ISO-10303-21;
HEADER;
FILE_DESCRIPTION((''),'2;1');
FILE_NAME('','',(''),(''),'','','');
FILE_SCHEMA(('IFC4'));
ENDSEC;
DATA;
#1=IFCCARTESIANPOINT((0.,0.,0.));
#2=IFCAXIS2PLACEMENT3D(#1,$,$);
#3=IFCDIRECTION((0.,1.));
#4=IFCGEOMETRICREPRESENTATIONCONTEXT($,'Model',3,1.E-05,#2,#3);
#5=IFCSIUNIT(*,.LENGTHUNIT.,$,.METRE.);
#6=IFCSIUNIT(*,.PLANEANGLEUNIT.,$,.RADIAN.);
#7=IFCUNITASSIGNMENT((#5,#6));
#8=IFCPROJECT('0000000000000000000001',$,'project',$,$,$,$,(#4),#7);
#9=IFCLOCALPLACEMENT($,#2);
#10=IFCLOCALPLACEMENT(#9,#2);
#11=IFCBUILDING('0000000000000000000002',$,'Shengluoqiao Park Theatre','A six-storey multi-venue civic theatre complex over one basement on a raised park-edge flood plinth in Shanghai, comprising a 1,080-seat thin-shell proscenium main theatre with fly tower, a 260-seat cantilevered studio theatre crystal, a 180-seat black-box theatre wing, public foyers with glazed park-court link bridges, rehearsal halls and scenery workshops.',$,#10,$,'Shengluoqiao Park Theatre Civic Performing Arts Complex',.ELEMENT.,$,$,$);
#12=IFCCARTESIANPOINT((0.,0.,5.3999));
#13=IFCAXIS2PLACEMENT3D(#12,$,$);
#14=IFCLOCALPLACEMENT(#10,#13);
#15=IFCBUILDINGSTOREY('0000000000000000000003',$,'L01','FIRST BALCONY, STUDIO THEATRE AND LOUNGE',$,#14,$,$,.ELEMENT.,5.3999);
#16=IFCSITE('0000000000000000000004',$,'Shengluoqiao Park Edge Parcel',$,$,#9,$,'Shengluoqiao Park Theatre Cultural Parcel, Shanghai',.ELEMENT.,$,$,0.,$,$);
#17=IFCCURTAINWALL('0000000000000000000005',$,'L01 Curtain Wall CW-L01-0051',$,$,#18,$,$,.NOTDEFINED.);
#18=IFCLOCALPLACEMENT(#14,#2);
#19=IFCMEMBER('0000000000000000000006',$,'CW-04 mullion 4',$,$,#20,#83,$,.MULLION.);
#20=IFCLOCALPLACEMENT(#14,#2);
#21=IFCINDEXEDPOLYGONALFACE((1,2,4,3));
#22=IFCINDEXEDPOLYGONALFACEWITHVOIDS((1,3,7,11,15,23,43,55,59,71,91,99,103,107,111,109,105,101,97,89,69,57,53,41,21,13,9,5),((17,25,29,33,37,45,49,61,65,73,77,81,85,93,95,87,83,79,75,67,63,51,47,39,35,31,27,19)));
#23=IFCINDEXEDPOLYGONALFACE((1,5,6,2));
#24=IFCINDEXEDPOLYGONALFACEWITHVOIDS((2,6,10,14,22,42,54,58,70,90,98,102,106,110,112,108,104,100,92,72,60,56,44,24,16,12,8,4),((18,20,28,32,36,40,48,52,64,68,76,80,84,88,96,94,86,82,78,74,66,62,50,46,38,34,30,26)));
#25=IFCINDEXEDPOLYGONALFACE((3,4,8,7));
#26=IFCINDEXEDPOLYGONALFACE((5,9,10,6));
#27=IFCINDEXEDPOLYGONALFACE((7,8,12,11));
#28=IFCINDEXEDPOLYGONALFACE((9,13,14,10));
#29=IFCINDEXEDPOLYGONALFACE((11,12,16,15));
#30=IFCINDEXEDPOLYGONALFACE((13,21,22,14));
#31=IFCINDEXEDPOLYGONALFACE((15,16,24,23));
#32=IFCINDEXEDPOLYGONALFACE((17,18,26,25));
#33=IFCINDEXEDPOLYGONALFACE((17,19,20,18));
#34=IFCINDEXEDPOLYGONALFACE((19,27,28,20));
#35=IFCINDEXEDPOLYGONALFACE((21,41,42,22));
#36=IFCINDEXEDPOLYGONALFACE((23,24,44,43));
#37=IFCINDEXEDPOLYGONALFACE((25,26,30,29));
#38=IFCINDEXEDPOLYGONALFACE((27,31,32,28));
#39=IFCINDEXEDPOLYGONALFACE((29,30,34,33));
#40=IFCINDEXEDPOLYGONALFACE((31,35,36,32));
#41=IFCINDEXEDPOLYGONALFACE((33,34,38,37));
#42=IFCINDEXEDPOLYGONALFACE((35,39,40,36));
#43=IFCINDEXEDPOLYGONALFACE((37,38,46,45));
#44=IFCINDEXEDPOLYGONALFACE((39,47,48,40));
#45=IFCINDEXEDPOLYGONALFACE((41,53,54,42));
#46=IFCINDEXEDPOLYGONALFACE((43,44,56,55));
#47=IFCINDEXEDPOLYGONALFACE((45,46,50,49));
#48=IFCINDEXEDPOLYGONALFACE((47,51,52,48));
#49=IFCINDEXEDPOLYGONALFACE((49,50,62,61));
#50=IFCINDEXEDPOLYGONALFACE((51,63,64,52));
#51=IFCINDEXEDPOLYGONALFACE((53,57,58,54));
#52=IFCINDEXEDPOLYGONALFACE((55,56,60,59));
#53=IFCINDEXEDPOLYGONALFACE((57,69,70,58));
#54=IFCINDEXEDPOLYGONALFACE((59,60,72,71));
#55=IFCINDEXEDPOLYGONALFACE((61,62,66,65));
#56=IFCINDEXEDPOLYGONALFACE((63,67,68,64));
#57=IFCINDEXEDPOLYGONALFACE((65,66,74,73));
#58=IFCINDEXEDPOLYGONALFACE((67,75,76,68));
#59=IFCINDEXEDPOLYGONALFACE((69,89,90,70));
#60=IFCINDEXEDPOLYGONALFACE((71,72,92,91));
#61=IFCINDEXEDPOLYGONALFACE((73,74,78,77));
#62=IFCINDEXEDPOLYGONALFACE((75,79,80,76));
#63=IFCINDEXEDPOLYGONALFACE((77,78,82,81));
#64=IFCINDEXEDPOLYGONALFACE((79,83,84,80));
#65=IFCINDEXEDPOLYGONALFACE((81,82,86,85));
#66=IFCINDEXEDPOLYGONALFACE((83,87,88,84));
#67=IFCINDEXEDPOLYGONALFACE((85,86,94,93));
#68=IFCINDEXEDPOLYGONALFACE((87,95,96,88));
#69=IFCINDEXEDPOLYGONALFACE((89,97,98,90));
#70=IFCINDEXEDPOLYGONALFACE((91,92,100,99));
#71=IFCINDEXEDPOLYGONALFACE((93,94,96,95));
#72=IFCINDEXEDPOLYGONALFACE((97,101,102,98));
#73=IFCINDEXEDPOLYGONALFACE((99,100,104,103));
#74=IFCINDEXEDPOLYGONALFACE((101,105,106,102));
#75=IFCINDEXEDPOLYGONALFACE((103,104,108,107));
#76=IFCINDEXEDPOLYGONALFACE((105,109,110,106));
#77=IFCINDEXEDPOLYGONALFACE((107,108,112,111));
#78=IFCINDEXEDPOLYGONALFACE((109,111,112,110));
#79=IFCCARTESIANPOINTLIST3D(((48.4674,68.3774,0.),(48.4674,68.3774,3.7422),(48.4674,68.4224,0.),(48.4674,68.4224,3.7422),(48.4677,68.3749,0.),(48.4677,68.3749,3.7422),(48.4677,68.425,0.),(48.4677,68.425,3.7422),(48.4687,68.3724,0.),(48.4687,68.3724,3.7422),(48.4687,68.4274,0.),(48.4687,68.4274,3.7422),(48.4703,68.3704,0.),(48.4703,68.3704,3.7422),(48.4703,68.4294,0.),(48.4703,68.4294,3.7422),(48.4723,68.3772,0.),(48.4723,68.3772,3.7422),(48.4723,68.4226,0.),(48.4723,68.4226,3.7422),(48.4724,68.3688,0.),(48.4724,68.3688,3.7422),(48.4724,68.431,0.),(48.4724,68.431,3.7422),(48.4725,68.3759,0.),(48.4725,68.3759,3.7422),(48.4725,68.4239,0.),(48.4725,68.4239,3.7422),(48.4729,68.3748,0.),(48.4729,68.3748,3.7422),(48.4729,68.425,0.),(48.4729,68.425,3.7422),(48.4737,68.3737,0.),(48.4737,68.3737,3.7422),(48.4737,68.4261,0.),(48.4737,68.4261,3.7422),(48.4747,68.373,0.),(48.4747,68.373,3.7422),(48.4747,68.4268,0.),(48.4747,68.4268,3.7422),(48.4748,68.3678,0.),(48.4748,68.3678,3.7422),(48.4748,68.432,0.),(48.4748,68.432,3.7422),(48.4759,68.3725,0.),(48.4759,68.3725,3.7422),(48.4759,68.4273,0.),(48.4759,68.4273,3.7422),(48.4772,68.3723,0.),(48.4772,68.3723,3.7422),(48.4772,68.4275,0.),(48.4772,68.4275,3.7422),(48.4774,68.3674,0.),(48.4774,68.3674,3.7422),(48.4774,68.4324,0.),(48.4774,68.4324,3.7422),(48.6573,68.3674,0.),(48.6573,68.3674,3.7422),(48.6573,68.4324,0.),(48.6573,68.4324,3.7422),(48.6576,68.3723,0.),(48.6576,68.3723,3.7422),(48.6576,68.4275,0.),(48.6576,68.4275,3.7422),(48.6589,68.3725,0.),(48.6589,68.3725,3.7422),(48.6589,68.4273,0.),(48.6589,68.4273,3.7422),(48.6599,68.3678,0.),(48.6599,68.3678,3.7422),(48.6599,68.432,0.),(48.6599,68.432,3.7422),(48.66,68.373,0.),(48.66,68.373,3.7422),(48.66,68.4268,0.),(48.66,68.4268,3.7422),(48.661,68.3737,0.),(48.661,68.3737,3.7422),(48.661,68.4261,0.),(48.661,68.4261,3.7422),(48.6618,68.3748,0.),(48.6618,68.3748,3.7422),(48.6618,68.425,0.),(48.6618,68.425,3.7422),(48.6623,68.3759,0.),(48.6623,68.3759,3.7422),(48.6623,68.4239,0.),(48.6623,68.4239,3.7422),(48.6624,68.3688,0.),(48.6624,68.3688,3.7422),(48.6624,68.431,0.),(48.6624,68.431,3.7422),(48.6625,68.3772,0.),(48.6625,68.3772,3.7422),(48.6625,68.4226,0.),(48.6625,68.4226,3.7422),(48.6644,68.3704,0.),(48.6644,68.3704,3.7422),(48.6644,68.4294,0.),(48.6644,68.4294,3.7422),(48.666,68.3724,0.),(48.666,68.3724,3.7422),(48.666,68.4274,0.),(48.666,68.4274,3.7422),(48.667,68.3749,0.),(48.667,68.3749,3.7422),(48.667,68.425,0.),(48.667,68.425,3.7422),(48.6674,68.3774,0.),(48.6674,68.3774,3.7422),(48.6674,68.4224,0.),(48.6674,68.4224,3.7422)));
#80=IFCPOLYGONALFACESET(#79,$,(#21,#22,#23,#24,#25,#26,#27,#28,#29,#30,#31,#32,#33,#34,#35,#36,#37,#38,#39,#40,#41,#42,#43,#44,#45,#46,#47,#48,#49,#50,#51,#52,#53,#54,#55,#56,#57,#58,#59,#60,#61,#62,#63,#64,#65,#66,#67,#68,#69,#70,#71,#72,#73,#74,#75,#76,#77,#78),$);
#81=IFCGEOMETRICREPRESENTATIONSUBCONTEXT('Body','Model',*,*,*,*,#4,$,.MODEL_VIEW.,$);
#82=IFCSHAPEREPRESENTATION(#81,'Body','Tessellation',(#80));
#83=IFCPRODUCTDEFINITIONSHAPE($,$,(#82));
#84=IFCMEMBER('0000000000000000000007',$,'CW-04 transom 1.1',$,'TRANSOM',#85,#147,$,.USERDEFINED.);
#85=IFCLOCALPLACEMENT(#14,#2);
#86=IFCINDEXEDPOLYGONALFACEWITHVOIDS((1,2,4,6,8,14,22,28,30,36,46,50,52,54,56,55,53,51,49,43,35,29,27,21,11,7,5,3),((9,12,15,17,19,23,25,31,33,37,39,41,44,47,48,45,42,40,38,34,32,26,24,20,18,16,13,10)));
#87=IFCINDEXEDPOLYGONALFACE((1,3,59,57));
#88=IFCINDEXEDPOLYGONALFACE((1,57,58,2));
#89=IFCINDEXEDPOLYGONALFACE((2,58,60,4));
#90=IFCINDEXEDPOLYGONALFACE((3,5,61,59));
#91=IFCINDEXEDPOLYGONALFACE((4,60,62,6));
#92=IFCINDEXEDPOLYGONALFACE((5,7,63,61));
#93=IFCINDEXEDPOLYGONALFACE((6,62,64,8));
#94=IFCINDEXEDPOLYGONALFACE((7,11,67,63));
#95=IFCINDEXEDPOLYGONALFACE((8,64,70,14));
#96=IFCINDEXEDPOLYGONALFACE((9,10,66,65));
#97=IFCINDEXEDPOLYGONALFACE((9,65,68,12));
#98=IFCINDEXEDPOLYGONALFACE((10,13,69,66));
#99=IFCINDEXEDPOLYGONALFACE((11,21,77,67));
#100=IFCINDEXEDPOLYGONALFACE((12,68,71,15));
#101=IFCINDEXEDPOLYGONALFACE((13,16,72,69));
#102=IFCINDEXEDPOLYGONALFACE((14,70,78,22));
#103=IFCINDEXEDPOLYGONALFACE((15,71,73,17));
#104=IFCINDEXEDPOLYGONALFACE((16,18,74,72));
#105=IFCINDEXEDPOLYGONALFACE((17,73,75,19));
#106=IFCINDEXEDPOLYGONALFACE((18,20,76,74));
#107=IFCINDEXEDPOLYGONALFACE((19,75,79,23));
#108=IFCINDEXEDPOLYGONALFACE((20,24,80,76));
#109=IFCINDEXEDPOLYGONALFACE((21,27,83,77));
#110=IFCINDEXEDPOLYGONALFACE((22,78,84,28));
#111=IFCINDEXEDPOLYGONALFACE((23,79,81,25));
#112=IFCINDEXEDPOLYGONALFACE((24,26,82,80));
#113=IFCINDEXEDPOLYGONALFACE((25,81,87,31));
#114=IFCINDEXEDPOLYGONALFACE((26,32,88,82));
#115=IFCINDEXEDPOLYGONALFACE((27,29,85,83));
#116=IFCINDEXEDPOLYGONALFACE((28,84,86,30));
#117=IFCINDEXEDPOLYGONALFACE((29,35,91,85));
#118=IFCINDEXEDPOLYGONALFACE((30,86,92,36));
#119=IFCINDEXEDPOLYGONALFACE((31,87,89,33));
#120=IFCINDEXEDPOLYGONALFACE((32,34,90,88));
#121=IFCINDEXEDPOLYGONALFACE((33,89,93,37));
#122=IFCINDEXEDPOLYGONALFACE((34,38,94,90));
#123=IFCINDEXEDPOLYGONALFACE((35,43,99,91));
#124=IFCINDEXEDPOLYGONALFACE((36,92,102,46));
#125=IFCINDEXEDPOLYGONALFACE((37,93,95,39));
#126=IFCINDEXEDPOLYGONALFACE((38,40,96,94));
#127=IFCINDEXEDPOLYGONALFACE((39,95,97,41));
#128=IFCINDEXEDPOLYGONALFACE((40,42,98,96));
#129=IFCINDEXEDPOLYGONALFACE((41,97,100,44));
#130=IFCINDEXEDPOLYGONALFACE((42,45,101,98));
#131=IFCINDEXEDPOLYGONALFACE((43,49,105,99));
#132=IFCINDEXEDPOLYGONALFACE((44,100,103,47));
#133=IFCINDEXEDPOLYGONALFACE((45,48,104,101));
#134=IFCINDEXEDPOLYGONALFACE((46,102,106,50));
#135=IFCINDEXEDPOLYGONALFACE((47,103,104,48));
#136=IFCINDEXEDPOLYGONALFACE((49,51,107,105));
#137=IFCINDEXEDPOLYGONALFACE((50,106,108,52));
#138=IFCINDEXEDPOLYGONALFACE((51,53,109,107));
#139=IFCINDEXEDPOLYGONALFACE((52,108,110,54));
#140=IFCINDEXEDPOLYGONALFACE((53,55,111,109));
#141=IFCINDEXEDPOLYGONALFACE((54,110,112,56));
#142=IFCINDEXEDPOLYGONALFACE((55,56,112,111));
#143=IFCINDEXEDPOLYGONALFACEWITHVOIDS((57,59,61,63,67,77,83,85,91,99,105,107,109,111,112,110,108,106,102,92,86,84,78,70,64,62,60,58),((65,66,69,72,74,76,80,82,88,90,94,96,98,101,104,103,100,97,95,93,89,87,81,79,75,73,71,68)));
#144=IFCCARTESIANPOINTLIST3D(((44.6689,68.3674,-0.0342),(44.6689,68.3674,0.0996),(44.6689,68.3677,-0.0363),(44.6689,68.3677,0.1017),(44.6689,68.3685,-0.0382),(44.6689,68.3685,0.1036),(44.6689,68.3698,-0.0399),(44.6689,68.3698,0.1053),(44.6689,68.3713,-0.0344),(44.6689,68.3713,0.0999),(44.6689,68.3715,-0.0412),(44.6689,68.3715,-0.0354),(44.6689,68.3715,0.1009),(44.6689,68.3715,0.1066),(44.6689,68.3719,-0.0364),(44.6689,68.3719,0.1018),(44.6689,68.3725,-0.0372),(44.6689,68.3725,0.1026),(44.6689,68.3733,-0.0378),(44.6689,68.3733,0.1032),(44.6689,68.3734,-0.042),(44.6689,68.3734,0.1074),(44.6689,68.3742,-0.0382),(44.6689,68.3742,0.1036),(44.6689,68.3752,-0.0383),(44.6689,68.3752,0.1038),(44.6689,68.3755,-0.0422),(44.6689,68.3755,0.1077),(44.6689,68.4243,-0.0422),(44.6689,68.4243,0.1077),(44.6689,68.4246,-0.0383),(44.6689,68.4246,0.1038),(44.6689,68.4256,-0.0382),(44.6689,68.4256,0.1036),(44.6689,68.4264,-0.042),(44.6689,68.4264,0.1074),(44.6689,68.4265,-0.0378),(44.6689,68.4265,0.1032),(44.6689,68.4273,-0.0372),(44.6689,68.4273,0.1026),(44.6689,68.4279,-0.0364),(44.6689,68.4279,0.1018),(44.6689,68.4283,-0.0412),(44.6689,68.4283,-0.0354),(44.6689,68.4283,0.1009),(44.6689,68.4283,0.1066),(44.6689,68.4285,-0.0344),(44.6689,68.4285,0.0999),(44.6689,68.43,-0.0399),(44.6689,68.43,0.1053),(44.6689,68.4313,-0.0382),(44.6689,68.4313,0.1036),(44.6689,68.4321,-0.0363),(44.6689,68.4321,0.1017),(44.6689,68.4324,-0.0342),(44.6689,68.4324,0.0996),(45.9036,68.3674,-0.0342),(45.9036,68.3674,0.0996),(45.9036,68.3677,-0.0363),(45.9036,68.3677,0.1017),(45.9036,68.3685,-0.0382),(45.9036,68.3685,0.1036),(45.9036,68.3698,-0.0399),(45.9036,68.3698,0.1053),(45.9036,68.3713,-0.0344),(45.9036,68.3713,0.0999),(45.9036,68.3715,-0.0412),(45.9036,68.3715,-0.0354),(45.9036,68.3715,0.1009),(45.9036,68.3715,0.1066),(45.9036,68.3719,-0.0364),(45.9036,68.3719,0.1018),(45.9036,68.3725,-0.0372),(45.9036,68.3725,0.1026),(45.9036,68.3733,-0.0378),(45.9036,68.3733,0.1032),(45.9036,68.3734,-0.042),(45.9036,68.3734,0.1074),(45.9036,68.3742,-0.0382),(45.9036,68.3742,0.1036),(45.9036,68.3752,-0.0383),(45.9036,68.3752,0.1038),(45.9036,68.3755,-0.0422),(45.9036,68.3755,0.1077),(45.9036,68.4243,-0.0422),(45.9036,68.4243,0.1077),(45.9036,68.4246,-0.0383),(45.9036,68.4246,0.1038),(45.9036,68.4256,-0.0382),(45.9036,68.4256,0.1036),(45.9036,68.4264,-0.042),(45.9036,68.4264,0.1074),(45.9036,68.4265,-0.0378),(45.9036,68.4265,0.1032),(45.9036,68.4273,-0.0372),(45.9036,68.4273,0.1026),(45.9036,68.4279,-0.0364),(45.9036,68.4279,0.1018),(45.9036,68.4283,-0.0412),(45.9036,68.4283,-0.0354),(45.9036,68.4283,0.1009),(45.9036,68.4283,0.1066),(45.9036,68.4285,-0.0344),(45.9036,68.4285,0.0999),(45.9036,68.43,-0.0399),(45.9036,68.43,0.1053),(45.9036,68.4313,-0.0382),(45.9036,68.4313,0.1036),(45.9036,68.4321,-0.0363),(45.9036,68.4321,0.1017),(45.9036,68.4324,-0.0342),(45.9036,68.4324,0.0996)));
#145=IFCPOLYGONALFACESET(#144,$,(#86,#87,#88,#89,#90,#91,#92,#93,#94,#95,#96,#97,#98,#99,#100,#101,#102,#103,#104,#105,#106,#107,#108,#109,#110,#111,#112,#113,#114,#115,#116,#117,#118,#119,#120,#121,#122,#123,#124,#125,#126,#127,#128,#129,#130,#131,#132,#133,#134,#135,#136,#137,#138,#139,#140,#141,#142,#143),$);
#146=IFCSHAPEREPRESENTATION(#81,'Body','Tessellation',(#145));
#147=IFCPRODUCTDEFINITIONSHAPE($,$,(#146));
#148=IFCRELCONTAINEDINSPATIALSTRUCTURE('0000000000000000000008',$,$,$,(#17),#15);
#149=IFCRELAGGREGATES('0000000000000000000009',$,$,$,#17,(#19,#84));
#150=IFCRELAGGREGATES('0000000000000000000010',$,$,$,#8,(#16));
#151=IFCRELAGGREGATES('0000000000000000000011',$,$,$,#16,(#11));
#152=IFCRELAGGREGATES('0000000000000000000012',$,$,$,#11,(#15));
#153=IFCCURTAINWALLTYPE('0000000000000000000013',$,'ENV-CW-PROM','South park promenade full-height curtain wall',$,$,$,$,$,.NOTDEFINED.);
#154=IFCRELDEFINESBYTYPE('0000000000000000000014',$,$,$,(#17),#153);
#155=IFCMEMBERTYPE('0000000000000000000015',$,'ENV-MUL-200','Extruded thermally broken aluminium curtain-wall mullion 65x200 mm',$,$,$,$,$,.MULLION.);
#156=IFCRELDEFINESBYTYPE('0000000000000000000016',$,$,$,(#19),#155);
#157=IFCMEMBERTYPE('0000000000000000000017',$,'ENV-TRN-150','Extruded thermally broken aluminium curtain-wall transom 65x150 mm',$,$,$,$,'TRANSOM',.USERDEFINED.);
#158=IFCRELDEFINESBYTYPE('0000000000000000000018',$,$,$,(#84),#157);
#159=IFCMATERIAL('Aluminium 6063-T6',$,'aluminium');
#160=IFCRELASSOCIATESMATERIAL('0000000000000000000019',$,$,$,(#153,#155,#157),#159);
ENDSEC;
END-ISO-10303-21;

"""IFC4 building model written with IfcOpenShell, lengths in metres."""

from ifc_helpers import new_model, si_unit, direction, frame, origin, origin_2d, place, context, subcontext, project, spatial, hollow_rectangle, extrude, material, material_profile, profile_set, type_object, element, aggregate, save


model = new_model("IFC4")

# Units and contexts
model_context = context("Model", 3, precision=1e-05, world=origin(), true_north=direction((0.0, 1.0)))
body_context = subcontext(model_context, "Body", "Model", "MODEL_VIEW")
ifc_project = project(units=[si_unit("LENGTHUNIT", "METRE"), si_unit("PLANEANGLEUNIT", "RADIAN")], contexts=[model_context])

# Site, building, storey
site_placement = place(None, origin())
site = spatial("IfcSite", under=ifc_project, at=site_placement, Name="Shengluoqiao Park Edge Parcel", LongName="Shengluoqiao Park Theatre Cultural Parcel, Shanghai", CompositionType="ELEMENT", RefElevation=0.0)
building_placement = place(site_placement, origin())
building = spatial("IfcBuilding", under=site, at=building_placement, Name="Shengluoqiao Park Theatre", Description="A six-storey multi-venue civic theatre complex over one basement on a raised park-edge flood plinth in Shanghai, comprising a 1,080-seat thin-shell proscenium main theatre with fly tower, a 260-seat cantilevered studio theatre crystal, a 180-seat black-box theatre wing, public foyers with glazed park-court link bridges, rehearsal halls and scenery workshops.", LongName="Shengluoqiao Park Theatre Civic Performing Arts Complex", CompositionType="ELEMENT")
storey_placement = place(building_placement, frame((0.0, 0.0, 5.3999)))
storey = spatial("IfcBuildingStorey", under=building, at=storey_placement, Name="L01", Description="FIRST BALCONY, STUDIO THEATRE AND LOUNGE", CompositionType="ELEMENT", Elevation=5.3999)

# Curtain wall, members
ifc_material_1 = material(Name="Aluminium 6063-T6", Category="aluminium")
curtain_wall_type = type_object("IfcCurtainWallType", Name="ENV-CW-PROM", Description="South park promenade full-height curtain wall", PredefinedType="NOTDEFINED", material=ifc_material_1)
curtain_wall_placement = place(storey_placement, origin())
curtain_wall = element("IfcCurtainWall", 1, at=curtain_wall_placement, inside=storey, type_object=curtain_wall_type, Name="L01 Curtain Wall CW-L01-0051", PredefinedType="NOTDEFINED")
ifc_material_profile_1 = material_profile(ifc_material_1, hollow_rectangle(XDim=0.0649, YDim=0.2, WallThickness=0.0049, InnerFilletRadius=0.0049, OuterFilletRadius=0.01, at=origin_2d()), Name="ALU MULLION 200x65x5")
ifc_profile_set_1 = profile_set([ifc_material_profile_1], Name="Aluminium 6063-T6")
member_type_1 = type_object("IfcMemberType", Name="ENV-MUL-200", Description="Extruded thermally broken aluminium curtain-wall mullion 65x200 mm", PredefinedType="MULLION", material=ifc_profile_set_1)
member_1_placement = place(storey_placement, frame((48.5674, 68.3999, 0.0), z_axis=(0.0, 0.0, 1.0), x_axis=(0.0, 1.0, 0.0)))
member_1 = element("IfcMember", 2, at=member_1_placement, type_object=member_type_1, Name="CW-04 mullion 4", PredefinedType="MULLION", context=body_context, shape_type="SweptSolid", body=[
    extrude(hollow_rectangle(XDim=0.0649, YDim=0.2, WallThickness=0.0049, InnerFilletRadius=0.0049, OuterFilletRadius=0.01, at=origin_2d()), origin(), (0.0, 0.0, 1.0), 3.7422),
])
ifc_material_profile_2 = material_profile(ifc_material_1, hollow_rectangle(XDim=0.0649, YDim=0.1499, WallThickness=0.0039, InnerFilletRadius=0.0039, OuterFilletRadius=0.0081, at=origin_2d()), Name="ALU TRANSOM 150x65x4")
ifc_profile_set_2 = profile_set([ifc_material_profile_2], Name="Aluminium 6063-T6")
member_type_2 = type_object("IfcMemberType", Name="ENV-TRN-150", Description="Extruded thermally broken aluminium curtain-wall transom 65x150 mm", ElementType="TRANSOM", PredefinedType="USERDEFINED", material=ifc_profile_set_2)
member_2_placement = place(storey_placement, frame((44.6689, 68.3999, 0.0327), z_axis=(1.0, 0.0, 0.0), x_axis=(0.0, 1.0, 0.0)))
member_2 = element("IfcMember", 3, at=member_2_placement, type_object=member_type_2, Name="CW-04 transom 1.1", ObjectType="TRANSOM", PredefinedType="USERDEFINED", context=body_context, shape_type="SweptSolid", body=[
    extrude(hollow_rectangle(XDim=0.0649, YDim=0.1499, WallThickness=0.0039, InnerFilletRadius=0.0039, OuterFilletRadius=0.0081, at=origin_2d()), origin(), (0.0, 0.0, 1.0), 1.2346),
])

aggregate(curtain_wall, [member_1, member_2])

save(model, "model.ifc")
